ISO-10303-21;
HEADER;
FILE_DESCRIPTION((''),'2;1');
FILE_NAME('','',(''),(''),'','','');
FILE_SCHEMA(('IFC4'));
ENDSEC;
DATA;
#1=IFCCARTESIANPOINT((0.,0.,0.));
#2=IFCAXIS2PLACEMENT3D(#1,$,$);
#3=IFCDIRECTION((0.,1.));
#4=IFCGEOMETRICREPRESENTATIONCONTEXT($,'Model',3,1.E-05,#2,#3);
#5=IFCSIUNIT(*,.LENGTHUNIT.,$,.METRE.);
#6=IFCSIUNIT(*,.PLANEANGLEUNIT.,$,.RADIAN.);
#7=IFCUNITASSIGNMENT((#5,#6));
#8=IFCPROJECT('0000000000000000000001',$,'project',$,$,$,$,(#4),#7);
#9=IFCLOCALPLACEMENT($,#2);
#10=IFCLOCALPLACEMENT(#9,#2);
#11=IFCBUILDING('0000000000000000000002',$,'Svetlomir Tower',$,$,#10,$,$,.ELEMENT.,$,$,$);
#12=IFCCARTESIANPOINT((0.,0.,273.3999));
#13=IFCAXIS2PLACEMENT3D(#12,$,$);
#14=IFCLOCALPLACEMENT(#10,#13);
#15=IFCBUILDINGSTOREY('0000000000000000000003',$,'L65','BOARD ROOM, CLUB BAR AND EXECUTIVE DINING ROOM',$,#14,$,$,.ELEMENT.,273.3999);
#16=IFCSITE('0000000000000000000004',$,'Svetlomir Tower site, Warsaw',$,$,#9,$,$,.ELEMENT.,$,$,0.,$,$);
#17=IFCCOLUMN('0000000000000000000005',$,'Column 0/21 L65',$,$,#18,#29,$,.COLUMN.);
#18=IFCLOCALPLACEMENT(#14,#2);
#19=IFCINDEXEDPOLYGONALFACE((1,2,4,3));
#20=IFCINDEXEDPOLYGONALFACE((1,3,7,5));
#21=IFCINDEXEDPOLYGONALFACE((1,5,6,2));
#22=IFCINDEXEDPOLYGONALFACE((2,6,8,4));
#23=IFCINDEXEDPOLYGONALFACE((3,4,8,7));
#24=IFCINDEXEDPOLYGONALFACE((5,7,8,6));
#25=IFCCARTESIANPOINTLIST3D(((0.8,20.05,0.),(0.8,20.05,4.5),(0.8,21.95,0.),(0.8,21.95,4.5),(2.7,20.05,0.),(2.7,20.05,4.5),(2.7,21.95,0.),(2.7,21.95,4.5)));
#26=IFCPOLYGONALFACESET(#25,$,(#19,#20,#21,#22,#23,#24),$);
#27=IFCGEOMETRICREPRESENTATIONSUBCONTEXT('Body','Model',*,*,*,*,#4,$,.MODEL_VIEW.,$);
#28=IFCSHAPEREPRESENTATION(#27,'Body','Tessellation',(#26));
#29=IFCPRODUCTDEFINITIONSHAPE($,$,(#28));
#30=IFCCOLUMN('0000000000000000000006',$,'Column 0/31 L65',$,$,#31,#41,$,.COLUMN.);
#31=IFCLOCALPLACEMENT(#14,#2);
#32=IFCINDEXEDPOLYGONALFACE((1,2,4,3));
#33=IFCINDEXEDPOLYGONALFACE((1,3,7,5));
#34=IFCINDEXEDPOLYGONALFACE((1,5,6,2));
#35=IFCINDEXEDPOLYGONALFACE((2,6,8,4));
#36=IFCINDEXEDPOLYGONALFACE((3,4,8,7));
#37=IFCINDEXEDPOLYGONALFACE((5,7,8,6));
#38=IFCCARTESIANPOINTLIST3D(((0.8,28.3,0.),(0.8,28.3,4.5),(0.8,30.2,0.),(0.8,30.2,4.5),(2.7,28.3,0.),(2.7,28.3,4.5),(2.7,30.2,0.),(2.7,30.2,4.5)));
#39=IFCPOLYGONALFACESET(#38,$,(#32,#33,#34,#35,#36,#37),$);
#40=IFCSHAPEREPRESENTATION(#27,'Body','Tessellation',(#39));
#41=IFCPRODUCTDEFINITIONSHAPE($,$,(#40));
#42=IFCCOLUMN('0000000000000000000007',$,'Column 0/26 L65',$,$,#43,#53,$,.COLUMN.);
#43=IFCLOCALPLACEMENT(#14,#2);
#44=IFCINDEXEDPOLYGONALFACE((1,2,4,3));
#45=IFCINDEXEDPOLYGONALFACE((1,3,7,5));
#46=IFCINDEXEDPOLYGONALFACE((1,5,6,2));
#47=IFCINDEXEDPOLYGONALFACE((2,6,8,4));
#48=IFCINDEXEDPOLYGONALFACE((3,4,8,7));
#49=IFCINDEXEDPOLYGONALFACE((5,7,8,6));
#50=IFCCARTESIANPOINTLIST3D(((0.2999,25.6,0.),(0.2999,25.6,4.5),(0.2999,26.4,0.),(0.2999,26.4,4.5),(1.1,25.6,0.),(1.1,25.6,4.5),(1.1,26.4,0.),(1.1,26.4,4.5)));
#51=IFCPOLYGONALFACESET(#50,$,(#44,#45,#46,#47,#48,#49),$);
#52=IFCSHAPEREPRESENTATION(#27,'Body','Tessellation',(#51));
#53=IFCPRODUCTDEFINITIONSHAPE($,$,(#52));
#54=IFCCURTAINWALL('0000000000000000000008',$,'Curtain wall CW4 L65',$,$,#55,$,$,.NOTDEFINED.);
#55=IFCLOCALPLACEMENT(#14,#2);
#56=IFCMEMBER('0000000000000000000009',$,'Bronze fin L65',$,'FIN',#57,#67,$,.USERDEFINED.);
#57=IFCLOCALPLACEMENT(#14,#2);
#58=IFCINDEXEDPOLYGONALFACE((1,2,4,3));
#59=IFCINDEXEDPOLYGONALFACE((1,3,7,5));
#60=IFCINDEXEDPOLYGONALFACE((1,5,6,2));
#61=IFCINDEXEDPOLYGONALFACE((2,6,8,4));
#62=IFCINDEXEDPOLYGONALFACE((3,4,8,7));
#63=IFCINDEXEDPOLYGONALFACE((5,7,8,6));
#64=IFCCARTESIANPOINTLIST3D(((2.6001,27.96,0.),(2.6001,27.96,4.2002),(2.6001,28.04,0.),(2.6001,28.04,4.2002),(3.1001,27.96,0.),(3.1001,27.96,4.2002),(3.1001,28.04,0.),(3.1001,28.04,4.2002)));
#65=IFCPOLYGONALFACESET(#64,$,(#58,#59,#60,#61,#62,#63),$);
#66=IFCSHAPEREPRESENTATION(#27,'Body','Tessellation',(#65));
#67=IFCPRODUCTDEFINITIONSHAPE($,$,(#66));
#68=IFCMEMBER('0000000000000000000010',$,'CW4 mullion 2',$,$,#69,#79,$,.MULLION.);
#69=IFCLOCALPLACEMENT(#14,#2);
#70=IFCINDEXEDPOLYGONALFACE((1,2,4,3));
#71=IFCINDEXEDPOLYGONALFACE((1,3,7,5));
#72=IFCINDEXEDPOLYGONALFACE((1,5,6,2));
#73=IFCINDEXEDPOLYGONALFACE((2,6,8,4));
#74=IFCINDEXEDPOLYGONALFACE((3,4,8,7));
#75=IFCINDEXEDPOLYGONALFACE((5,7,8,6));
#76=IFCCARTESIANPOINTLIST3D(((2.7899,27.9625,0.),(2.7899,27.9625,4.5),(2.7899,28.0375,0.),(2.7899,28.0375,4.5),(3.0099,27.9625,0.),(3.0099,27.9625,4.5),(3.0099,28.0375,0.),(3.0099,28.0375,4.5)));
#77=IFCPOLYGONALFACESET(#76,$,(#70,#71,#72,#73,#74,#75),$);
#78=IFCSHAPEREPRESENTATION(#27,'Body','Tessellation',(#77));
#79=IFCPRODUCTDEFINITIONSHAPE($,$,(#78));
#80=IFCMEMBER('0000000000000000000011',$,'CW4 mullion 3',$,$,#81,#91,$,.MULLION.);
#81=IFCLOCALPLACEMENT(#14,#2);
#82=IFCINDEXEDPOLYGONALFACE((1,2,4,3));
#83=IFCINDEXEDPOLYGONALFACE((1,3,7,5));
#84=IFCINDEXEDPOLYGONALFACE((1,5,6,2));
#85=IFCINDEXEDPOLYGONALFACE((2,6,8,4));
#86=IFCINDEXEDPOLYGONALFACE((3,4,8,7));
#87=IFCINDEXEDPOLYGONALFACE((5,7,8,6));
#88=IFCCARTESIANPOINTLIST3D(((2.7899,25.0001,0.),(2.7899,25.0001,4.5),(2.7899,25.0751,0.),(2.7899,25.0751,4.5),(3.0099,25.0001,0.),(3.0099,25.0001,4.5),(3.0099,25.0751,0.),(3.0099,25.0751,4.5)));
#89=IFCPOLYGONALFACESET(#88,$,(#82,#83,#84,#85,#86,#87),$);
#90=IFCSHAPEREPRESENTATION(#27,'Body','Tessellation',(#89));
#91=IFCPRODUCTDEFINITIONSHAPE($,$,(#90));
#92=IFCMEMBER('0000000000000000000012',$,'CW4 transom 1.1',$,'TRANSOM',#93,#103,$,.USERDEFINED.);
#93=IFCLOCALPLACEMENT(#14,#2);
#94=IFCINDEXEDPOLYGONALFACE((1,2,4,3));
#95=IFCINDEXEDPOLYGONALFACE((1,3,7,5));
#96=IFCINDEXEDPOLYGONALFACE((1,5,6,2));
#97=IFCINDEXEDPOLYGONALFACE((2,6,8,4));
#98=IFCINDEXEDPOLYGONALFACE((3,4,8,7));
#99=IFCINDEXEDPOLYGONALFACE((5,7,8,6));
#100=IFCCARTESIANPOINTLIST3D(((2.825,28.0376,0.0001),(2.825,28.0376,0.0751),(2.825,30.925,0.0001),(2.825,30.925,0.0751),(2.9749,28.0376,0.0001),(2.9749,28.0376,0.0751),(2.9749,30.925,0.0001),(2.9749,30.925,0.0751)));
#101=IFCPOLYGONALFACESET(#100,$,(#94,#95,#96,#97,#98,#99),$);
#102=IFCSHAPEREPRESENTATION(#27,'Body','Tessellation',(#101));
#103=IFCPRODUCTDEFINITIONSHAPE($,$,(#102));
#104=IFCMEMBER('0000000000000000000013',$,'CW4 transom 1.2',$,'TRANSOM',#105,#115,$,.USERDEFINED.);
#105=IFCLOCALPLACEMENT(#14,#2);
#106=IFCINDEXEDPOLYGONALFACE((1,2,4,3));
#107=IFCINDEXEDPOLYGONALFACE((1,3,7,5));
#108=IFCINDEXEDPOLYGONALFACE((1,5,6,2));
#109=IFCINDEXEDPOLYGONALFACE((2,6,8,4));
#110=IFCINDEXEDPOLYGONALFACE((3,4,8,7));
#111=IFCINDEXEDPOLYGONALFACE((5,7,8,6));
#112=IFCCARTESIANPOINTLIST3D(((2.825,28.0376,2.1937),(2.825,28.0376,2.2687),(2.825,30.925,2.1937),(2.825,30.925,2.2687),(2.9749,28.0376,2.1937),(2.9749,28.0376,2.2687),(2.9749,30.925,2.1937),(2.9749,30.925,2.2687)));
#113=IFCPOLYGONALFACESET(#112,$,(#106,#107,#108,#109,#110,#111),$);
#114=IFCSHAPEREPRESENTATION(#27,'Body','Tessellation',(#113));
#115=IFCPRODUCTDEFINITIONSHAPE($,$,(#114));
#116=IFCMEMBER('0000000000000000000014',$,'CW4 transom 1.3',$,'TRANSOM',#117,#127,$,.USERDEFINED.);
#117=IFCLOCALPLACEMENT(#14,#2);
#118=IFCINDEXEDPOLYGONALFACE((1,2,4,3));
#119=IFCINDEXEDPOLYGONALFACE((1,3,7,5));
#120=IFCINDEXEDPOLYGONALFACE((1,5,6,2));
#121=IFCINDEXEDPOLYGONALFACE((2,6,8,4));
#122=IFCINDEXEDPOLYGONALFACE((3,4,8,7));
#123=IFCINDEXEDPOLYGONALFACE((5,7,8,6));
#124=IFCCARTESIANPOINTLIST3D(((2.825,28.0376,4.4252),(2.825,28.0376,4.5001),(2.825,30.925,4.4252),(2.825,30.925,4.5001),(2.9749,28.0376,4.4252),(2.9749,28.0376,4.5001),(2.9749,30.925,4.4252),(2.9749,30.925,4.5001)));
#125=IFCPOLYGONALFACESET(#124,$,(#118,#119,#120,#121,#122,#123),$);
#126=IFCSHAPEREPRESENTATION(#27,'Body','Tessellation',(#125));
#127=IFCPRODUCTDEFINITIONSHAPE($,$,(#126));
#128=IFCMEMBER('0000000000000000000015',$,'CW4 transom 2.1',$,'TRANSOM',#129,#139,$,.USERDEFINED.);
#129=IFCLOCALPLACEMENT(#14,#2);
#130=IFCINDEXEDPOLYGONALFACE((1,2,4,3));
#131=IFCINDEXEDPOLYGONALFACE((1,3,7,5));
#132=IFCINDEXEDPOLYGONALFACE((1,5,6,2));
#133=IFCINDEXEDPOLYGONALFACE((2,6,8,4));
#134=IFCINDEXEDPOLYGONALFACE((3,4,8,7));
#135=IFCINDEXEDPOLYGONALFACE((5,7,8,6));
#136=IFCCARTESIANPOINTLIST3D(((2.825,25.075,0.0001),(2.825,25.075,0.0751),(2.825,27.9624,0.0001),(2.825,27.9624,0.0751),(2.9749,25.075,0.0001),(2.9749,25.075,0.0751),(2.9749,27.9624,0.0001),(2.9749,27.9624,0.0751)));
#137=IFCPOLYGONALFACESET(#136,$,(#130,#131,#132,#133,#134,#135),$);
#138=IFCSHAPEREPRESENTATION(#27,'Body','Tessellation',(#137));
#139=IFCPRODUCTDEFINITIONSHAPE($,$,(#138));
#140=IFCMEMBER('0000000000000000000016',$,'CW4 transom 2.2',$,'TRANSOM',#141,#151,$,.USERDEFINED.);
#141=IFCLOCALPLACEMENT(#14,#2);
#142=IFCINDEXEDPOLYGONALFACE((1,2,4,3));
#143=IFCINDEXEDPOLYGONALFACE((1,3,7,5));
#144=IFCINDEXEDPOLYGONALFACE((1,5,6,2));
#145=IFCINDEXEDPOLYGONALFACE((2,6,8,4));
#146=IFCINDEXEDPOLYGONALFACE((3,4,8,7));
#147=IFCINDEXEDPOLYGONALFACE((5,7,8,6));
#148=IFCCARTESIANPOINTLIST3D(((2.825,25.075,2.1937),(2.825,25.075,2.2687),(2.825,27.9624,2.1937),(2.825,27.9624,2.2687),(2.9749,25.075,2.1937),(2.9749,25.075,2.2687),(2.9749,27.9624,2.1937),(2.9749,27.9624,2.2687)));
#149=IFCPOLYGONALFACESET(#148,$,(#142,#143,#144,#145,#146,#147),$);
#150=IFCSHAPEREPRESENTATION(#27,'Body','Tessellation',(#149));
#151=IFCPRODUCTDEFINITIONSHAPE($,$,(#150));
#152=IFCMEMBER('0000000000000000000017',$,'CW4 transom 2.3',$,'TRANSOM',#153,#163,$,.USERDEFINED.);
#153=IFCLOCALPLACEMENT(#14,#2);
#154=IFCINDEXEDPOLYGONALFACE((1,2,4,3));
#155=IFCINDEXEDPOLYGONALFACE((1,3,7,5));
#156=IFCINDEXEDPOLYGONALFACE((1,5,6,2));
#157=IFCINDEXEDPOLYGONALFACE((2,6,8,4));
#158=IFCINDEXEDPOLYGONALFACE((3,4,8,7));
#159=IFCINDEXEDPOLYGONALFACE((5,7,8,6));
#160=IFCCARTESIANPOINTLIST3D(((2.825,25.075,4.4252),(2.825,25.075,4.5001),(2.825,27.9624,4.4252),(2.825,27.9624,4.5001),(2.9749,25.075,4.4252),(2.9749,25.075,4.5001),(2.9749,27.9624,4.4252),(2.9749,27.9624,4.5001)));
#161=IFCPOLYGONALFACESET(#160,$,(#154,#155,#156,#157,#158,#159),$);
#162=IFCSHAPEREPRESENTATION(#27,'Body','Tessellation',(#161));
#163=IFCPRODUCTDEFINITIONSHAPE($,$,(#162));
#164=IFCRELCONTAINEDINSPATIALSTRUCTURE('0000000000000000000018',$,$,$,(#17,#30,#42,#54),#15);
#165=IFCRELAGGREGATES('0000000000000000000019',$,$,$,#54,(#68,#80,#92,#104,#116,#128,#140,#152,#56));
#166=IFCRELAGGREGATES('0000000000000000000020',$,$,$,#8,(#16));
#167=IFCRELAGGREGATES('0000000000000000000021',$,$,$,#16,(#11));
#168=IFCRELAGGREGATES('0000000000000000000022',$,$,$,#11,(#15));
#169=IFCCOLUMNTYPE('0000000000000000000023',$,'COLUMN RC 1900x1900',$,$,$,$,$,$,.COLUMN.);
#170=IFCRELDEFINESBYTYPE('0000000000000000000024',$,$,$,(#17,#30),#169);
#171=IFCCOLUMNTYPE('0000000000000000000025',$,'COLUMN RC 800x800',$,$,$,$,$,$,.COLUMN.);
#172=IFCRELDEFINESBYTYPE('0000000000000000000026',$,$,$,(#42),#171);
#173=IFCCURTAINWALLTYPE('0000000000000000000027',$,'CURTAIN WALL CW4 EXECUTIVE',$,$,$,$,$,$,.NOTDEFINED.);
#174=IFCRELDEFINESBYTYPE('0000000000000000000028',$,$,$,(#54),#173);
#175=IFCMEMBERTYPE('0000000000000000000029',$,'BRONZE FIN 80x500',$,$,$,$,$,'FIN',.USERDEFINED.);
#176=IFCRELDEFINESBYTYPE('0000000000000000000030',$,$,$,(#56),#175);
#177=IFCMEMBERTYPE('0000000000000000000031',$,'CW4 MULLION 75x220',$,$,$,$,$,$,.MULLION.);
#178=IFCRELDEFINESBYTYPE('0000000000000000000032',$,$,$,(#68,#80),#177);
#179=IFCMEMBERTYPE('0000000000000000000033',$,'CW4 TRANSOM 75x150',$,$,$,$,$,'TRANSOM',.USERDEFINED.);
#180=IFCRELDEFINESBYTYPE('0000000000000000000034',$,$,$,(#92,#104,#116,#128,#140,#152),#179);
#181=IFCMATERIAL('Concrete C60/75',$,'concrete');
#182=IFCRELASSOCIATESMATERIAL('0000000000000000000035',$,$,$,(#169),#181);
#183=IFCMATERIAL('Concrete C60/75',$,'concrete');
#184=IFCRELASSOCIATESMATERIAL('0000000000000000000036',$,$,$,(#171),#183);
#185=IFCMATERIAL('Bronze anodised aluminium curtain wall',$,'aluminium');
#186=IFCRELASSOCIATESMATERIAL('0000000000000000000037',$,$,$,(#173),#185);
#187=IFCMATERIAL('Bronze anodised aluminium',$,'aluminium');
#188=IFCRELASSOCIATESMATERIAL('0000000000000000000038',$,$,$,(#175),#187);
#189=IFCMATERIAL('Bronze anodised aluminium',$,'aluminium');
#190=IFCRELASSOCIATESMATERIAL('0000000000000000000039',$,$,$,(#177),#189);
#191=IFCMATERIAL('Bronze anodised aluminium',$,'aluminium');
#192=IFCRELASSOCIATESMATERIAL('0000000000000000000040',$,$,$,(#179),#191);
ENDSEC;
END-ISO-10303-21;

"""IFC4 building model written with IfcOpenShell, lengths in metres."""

from ifc_helpers import new_model, si_unit, direction, frame, origin, origin_2d, place, context, subcontext, project, spatial, rectangle, extrude, material, material_profile, profile_set, type_object, element, aggregate, save


model = new_model("IFC4")

# Units and contexts
model_context = context("Model", 3, precision=1e-05, world=origin(), true_north=direction((0.0, 1.0)))
body_context = subcontext(model_context, "Body", "Model", "MODEL_VIEW")
ifc_project = project(units=[si_unit("LENGTHUNIT", "METRE"), si_unit("PLANEANGLEUNIT", "RADIAN")], contexts=[model_context])

# Site, building, storey
site_placement = place(None, origin())
site = spatial("IfcSite", under=ifc_project, at=site_placement, Name="Svetlomir Tower site, Warsaw", CompositionType="ELEMENT", RefElevation=0.0)
building_placement = place(site_placement, origin())
building = spatial("IfcBuilding", under=site, at=building_placement, Name="Svetlomir Tower", CompositionType="ELEMENT")
storey_placement = place(building_placement, frame((0.0, 0.0, 273.3999)))
storey = spatial("IfcBuildingStorey", under=building, at=storey_placement, Name="L65", Description="BOARD ROOM, CLUB BAR AND EXECUTIVE DINING ROOM", CompositionType="ELEMENT", Elevation=273.3999)

# Columns
ifc_material_1 = material(Name="Concrete C60/75", Category="concrete")
ifc_material_profile_1 = material_profile(ifc_material_1, rectangle(XDim=1.8999, YDim=1.8999, at=origin_2d()), Name="RC 1900x1900")
ifc_profile_set_1 = profile_set([ifc_material_profile_1], Name="Concrete C60/75")
column_type_1 = type_object("IfcColumnType", Name="COLUMN RC 1900x1900", PredefinedType="COLUMN", material=ifc_profile_set_1)
for number, where, z_axis, x_axis, name in (
    (1, (1.75, 21.0, 0.0), (0.0, 0.0, 1.0), (1.0, 0.0, 0.0), "Column 0/21 L65"),
    (2, (1.75, 29.25, 0.0), (0.0, 0.0, 1.0), (1.0, 0.0, 0.0), "Column 0/31 L65"),
):
    element("IfcColumn", number, at=place(storey_placement, frame(where, z_axis=z_axis, x_axis=x_axis)), inside=storey, type_object=column_type_1, Name=name, PredefinedType="COLUMN", context=body_context, shape_type="SweptSolid", body=[
        extrude(rectangle(XDim=1.8999, YDim=1.8999, at=origin_2d()), origin(), (0.0, 0.0, 1.0), 4.5),
    ])
ifc_material_2 = material(Name="Concrete C60/75", Category="concrete")
ifc_material_profile_2 = material_profile(ifc_material_2, rectangle(XDim=0.8, YDim=0.8, at=origin_2d()), Name="RC 800x800")
ifc_profile_set_2 = profile_set([ifc_material_profile_2], Name="Concrete C60/75")
column_type_2 = type_object("IfcColumnType", Name="COLUMN RC 800x800", PredefinedType="COLUMN", material=ifc_profile_set_2)
column_placement = place(storey_placement, frame((0.7, 26.0, 0.0), z_axis=(0.0, 0.0, 1.0), x_axis=(1.0, 0.0, 0.0)))
element("IfcColumn", 3, at=column_placement, inside=storey, type_object=column_type_2, Name="Column 0/26 L65", PredefinedType="COLUMN", context=body_context, shape_type="SweptSolid", body=[
    extrude(rectangle(XDim=0.8, YDim=0.8, at=origin_2d()), origin(), (0.0, 0.0, 1.0), 4.5),
])

# Curtain wall, members
ifc_material_3 = material(Name="Bronze anodised aluminium curtain wall", Category="aluminium")
curtain_wall_type = type_object("IfcCurtainWallType", Name="CURTAIN WALL CW4 EXECUTIVE", PredefinedType="NOTDEFINED", material=ifc_material_3)
curtain_wall_placement = place(storey_placement, origin())
curtain_wall = element("IfcCurtainWall", 4, at=curtain_wall_placement, inside=storey, type_object=curtain_wall_type, Name="Curtain wall CW4 L65", PredefinedType="NOTDEFINED")
ifc_material_4 = material(Name="Bronze anodised aluminium", Category="aluminium")
ifc_material_profile_3 = material_profile(ifc_material_4, rectangle(XDim=0.0801, YDim=0.5, at=origin_2d()), Name="FIN 80x500")
ifc_profile_set_3 = profile_set([ifc_material_profile_3], Name="Bronze anodised aluminium 6063-T6")
member_type_1 = type_object("IfcMemberType", Name="BRONZE FIN 80x500", ElementType="FIN", PredefinedType="USERDEFINED", material=ifc_profile_set_3)
member_1_placement = place(storey_placement, frame((2.8501, 28.0, 0.0), z_axis=(0.0, 0.0, 1.0), x_axis=(0.0, 1.0, 0.0)))
member_1 = element("IfcMember", 5, at=member_1_placement, type_object=member_type_1, Name="Bronze fin L65", ObjectType="FIN", PredefinedType="USERDEFINED", context=body_context, shape_type="SweptSolid", body=[
    extrude(rectangle(XDim=0.0801, YDim=0.5, at=origin_2d()), origin(), (0.0, 0.0, 1.0), 4.2002),
])
ifc_material_5 = material(Name="Bronze anodised aluminium", Category="aluminium")
ifc_material_profile_4 = material_profile(ifc_material_5, rectangle(XDim=0.075, YDim=0.22, at=origin_2d()), Name="AL 75x220")
ifc_profile_set_4 = profile_set([ifc_material_profile_4], Name="Bronze anodised aluminium 6063-T6")
member_type_2 = type_object("IfcMemberType", Name="CW4 MULLION 75x220", PredefinedType="MULLION", material=ifc_profile_set_4)
member_2_placement = place(storey_placement, frame((2.8999, 28.0, 0.0), z_axis=(0.0, 0.0, 1.0), x_axis=(0.0, -1.0, 0.0)))
member_2 = element("IfcMember", 6, at=member_2_placement, type_object=member_type_2, Name="CW4 mullion 2", PredefinedType="MULLION", context=body_context, shape_type="SweptSolid", body=[
    extrude(rectangle(XDim=0.075, YDim=0.22, at=origin_2d()), origin(), (0.0, 0.0, 1.0), 4.5),
])
member_3_placement = place(storey_placement, frame((2.8999, 25.0376, 0.0), z_axis=(0.0, 0.0, 1.0), x_axis=(0.0, -1.0, 0.0)))
member_3 = element("IfcMember", 7, at=member_3_placement, type_object=member_type_2, Name="CW4 mullion 3", PredefinedType="MULLION", context=body_context, shape_type="SweptSolid", body=[
    extrude(rectangle(XDim=0.075, YDim=0.22, at=origin_2d()), origin(), (0.0, 0.0, 1.0), 4.5),
])
ifc_material_6 = material(Name="Bronze anodised aluminium", Category="aluminium")
ifc_material_profile_5 = material_profile(ifc_material_6, rectangle(XDim=0.1499, YDim=0.075, at=origin_2d()), Name="AL 150x75")
ifc_profile_set_5 = profile_set([ifc_material_profile_5], Name="Bronze anodised aluminium 6063-T6")
member_type_3 = type_object("IfcMemberType", Name="CW4 TRANSOM 75x150", ElementType="TRANSOM", PredefinedType="USERDEFINED", material=ifc_profile_set_5)
member_4_placement = place(storey_placement, frame((2.8999, 30.925, 0.0376), z_axis=(0.0, -1.0, 0.0), x_axis=(1.0, 0.0, 0.0)))
member_4 = element("IfcMember", 8, at=member_4_placement, type_object=member_type_3, Name="CW4 transom 1.1", ObjectType="TRANSOM", PredefinedType="USERDEFINED", context=body_context, shape_type="SweptSolid", body=[
    extrude(rectangle(XDim=0.1499, YDim=0.075, at=origin_2d()), origin(), (0.0, 0.0, 1.0), 2.8875),
])
member_5_placement = place(storey_placement, frame((2.8999, 30.925, 2.2312), z_axis=(0.0, -1.0, 0.0), x_axis=(1.0, 0.0, 0.0)))
member_5 = element("IfcMember", 9, at=member_5_placement, type_object=member_type_3, Name="CW4 transom 1.2", ObjectType="TRANSOM", PredefinedType="USERDEFINED", context=body_context, shape_type="SweptSolid", body=[
    extrude(rectangle(XDim=0.1499, YDim=0.075, at=origin_2d()), origin(), (0.0, 0.0, 1.0), 2.8875),
])
member_6_placement = place(storey_placement, frame((2.8999, 30.925, 4.4626), z_axis=(0.0, -1.0, 0.0), x_axis=(1.0, 0.0, 0.0)))
member_6 = element("IfcMember", 10, at=member_6_placement, type_object=member_type_3, Name="CW4 transom 1.3", ObjectType="TRANSOM", PredefinedType="USERDEFINED", context=body_context, shape_type="SweptSolid", body=[
    extrude(rectangle(XDim=0.1499, YDim=0.075, at=origin_2d()), origin(), (0.0, 0.0, 1.0), 2.8875),
])
member_7_placement = place(storey_placement, frame((2.8999, 27.9624, 0.0376), z_axis=(0.0, -1.0, 0.0), x_axis=(1.0, 0.0, 0.0)))
member_7 = element("IfcMember", 11, at=member_7_placement, type_object=member_type_3, Name="CW4 transom 2.1", ObjectType="TRANSOM", PredefinedType="USERDEFINED", context=body_context, shape_type="SweptSolid", body=[
    extrude(rectangle(XDim=0.1499, YDim=0.075, at=origin_2d()), origin(), (0.0, 0.0, 1.0), 2.8875),
])
member_8_placement = place(storey_placement, frame((2.8999, 27.9624, 2.2312), z_axis=(0.0, -1.0, 0.0), x_axis=(1.0, 0.0, 0.0)))
member_8 = element("IfcMember", 12, at=member_8_placement, type_object=member_type_3, Name="CW4 transom 2.2", ObjectType="TRANSOM", PredefinedType="USERDEFINED", context=body_context, shape_type="SweptSolid", body=[
    extrude(rectangle(XDim=0.1499, YDim=0.075, at=origin_2d()), origin(), (0.0, 0.0, 1.0), 2.8875),
])
member_9_placement = place(storey_placement, frame((2.8999, 27.9624, 4.4626), z_axis=(0.0, -1.0, 0.0), x_axis=(1.0, 0.0, 0.0)))
member_9 = element("IfcMember", 13, at=member_9_placement, type_object=member_type_3, Name="CW4 transom 2.3", ObjectType="TRANSOM", PredefinedType="USERDEFINED", context=body_context, shape_type="SweptSolid", body=[
    extrude(rectangle(XDim=0.1499, YDim=0.075, at=origin_2d()), origin(), (0.0, 0.0, 1.0), 2.8875),
])

aggregate(curtain_wall, [member_2, member_3, member_4, member_5, member_6, member_7, member_8, member_9, member_1])

save(model, "model.ifc")
